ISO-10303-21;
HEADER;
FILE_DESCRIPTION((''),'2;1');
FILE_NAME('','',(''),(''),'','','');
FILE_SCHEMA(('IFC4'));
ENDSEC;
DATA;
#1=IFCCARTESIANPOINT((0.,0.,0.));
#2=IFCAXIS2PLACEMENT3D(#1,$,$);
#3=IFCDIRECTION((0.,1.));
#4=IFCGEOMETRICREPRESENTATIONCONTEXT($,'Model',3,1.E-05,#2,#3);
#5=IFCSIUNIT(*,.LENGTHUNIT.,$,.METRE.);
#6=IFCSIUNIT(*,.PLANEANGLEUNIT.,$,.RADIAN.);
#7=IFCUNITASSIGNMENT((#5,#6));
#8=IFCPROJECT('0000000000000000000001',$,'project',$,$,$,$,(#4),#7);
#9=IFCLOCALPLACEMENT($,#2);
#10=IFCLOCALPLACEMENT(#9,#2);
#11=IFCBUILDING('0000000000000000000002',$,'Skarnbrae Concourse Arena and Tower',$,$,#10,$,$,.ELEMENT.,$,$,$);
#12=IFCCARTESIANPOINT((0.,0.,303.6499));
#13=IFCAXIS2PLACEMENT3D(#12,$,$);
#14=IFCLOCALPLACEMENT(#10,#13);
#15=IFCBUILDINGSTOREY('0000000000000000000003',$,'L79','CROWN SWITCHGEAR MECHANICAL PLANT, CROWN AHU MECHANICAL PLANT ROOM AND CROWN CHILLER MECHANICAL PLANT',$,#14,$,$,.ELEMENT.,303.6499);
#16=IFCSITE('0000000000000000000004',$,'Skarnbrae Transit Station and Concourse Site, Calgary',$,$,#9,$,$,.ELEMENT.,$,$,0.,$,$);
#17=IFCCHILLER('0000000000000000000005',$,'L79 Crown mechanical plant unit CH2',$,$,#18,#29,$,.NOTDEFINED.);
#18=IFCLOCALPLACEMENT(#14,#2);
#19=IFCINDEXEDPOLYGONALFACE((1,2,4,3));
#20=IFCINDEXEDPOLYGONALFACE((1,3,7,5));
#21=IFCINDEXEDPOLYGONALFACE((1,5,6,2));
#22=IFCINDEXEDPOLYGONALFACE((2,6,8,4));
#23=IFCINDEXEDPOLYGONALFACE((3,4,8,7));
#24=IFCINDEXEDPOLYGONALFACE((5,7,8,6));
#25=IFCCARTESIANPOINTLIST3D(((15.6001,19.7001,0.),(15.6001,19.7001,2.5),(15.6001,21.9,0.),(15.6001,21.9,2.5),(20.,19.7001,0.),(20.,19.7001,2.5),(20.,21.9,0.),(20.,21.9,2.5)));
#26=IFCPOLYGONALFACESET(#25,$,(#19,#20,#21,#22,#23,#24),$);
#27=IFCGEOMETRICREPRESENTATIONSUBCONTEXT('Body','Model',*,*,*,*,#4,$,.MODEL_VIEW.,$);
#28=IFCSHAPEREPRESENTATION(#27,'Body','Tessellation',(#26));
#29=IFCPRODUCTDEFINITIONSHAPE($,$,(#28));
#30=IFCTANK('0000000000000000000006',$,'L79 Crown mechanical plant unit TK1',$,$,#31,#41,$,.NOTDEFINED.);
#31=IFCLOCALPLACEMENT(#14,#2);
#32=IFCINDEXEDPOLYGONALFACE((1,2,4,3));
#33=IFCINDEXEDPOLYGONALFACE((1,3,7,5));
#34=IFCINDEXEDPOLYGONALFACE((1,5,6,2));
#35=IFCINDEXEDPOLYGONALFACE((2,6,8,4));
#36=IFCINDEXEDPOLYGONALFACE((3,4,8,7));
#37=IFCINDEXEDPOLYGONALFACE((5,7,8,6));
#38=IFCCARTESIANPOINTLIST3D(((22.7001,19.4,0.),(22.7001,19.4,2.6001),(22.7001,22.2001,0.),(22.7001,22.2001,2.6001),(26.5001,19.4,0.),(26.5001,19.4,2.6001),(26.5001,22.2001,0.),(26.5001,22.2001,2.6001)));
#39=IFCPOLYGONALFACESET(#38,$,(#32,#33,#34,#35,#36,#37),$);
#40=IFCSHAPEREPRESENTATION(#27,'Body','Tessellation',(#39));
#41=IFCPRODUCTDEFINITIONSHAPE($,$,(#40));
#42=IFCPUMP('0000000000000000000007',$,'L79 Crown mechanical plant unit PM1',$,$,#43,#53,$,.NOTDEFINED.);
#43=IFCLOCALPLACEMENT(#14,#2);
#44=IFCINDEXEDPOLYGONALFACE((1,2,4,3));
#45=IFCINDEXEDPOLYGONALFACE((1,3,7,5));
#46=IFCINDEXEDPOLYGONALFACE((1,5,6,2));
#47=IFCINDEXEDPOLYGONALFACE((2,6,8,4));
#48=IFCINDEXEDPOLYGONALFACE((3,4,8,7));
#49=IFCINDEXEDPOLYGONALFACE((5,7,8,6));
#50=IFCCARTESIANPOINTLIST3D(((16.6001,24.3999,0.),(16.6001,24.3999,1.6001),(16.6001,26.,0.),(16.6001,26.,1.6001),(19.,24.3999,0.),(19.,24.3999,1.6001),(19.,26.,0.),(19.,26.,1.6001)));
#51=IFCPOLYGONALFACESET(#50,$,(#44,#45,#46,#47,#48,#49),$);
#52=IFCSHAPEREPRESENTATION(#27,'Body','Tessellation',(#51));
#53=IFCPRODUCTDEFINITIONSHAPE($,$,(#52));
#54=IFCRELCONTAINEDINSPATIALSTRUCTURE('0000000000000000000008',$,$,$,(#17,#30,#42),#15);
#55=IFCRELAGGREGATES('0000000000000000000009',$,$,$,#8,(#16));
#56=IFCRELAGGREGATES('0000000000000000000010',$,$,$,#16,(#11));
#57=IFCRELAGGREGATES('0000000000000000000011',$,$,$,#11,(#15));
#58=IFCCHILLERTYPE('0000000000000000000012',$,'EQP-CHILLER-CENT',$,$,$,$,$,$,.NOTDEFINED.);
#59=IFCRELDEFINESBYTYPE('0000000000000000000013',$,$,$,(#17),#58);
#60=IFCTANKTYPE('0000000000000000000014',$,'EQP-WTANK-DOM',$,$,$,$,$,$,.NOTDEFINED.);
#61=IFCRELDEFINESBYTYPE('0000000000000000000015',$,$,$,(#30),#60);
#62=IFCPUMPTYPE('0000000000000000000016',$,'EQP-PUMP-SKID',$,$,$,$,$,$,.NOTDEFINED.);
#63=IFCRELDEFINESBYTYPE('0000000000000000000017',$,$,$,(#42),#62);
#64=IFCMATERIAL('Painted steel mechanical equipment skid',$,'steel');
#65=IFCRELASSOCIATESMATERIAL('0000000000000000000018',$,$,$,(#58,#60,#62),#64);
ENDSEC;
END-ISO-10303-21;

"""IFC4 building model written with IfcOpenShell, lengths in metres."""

from ifc_helpers import new_model, si_unit, direction, frame, origin, origin_2d, place, context, subcontext, project, spatial, rectangle, extrude, source, transform, mapped, material, type_object, element, save


model = new_model("IFC4")

# Units and contexts
model_context = context("Model", 3, precision=1e-05, world=origin(), true_north=direction((0.0, 1.0)))
body_context = subcontext(model_context, "Body", "Model", "MODEL_VIEW")
ifc_project = project(units=[si_unit("LENGTHUNIT", "METRE"), si_unit("PLANEANGLEUNIT", "RADIAN")], contexts=[model_context])

# Site, building, storey
site_placement = place(None, origin())
site = spatial("IfcSite", under=ifc_project, at=site_placement, Name="Skarnbrae Transit Station and Concourse Site, Calgary", CompositionType="ELEMENT", RefElevation=0.0)
building_placement = place(site_placement, origin())
building = spatial("IfcBuilding", under=site, at=building_placement, Name="Skarnbrae Concourse Arena and Tower", CompositionType="ELEMENT")
storey_placement = place(building_placement, frame((0.0, 0.0, 303.6499)))
storey = spatial("IfcBuildingStorey", under=building, at=storey_placement, Name="L79", Description="CROWN SWITCHGEAR MECHANICAL PLANT, CROWN AHU MECHANICAL PLANT ROOM AND CROWN CHILLER MECHANICAL PLANT", CompositionType="ELEMENT", Elevation=303.6499)

# Chiller
ifc_material_1 = material(Name="Painted steel mechanical equipment skid", Category="steel")
chiller_type = type_object("IfcChillerType", Name="EQP-CHILLER-CENT", PredefinedType="NOTDEFINED", material=ifc_material_1)
shared_shape_1 = source(origin(), body_context, "Body", "SweptSolid", [
    extrude(rectangle(XDim=4.3999, YDim=2.2, at=origin_2d()), origin(), (0.0, 0.0, 1.0), 2.5),
])
chiller_placement = place(storey_placement, frame((17.8, 20.8, 0.0), z_axis=(0.0, 0.0, 1.0), x_axis=(1.0, 0.0, 0.0)))
element("IfcChiller", 1, at=chiller_placement, inside=storey, type_object=chiller_type, Name="L79 Crown mechanical plant unit CH2", PredefinedType="NOTDEFINED", context=body_context, shape_type="MappedRepresentation", body=[
    mapped(shared_shape_1, transform((0.0, 0.0, 0.0))),
])

# Tank
tank_type = type_object("IfcTankType", Name="EQP-WTANK-DOM", PredefinedType="NOTDEFINED", material=ifc_material_1)
shared_shape_2 = source(origin(), body_context, "Body", "SweptSolid", [
    extrude(rectangle(XDim=3.8, YDim=2.8, at=origin_2d()), origin(), (0.0, 0.0, 1.0), 2.6001),
])
tank_placement = place(storey_placement, frame((24.6001, 20.8, 0.0), z_axis=(0.0, 0.0, 1.0), x_axis=(1.0, 0.0, 0.0)))
element("IfcTank", 2, at=tank_placement, inside=storey, type_object=tank_type, Name="L79 Crown mechanical plant unit TK1", PredefinedType="NOTDEFINED", context=body_context, shape_type="MappedRepresentation", body=[
    mapped(shared_shape_2, transform((0.0, 0.0, 0.0))),
])

# Pump
pump_type = type_object("IfcPumpType", Name="EQP-PUMP-SKID", PredefinedType="NOTDEFINED", material=ifc_material_1)
shared_shape_3 = source(origin(), body_context, "Body", "SweptSolid", [
    extrude(rectangle(XDim=2.3999, YDim=1.6001, at=origin_2d()), origin(), (0.0, 0.0, 1.0), 1.6001),
])
pump_placement = place(storey_placement, frame((17.8, 25.2, 0.0), z_axis=(0.0, 0.0, 1.0), x_axis=(1.0, 0.0, 0.0)))
element("IfcPump", 3, at=pump_placement, inside=storey, type_object=pump_type, Name="L79 Crown mechanical plant unit PM1", PredefinedType="NOTDEFINED", context=body_context, shape_type="MappedRepresentation", body=[
    mapped(shared_shape_3, transform((0.0, 0.0, 0.0))),
])

save(model, "model.ifc")
